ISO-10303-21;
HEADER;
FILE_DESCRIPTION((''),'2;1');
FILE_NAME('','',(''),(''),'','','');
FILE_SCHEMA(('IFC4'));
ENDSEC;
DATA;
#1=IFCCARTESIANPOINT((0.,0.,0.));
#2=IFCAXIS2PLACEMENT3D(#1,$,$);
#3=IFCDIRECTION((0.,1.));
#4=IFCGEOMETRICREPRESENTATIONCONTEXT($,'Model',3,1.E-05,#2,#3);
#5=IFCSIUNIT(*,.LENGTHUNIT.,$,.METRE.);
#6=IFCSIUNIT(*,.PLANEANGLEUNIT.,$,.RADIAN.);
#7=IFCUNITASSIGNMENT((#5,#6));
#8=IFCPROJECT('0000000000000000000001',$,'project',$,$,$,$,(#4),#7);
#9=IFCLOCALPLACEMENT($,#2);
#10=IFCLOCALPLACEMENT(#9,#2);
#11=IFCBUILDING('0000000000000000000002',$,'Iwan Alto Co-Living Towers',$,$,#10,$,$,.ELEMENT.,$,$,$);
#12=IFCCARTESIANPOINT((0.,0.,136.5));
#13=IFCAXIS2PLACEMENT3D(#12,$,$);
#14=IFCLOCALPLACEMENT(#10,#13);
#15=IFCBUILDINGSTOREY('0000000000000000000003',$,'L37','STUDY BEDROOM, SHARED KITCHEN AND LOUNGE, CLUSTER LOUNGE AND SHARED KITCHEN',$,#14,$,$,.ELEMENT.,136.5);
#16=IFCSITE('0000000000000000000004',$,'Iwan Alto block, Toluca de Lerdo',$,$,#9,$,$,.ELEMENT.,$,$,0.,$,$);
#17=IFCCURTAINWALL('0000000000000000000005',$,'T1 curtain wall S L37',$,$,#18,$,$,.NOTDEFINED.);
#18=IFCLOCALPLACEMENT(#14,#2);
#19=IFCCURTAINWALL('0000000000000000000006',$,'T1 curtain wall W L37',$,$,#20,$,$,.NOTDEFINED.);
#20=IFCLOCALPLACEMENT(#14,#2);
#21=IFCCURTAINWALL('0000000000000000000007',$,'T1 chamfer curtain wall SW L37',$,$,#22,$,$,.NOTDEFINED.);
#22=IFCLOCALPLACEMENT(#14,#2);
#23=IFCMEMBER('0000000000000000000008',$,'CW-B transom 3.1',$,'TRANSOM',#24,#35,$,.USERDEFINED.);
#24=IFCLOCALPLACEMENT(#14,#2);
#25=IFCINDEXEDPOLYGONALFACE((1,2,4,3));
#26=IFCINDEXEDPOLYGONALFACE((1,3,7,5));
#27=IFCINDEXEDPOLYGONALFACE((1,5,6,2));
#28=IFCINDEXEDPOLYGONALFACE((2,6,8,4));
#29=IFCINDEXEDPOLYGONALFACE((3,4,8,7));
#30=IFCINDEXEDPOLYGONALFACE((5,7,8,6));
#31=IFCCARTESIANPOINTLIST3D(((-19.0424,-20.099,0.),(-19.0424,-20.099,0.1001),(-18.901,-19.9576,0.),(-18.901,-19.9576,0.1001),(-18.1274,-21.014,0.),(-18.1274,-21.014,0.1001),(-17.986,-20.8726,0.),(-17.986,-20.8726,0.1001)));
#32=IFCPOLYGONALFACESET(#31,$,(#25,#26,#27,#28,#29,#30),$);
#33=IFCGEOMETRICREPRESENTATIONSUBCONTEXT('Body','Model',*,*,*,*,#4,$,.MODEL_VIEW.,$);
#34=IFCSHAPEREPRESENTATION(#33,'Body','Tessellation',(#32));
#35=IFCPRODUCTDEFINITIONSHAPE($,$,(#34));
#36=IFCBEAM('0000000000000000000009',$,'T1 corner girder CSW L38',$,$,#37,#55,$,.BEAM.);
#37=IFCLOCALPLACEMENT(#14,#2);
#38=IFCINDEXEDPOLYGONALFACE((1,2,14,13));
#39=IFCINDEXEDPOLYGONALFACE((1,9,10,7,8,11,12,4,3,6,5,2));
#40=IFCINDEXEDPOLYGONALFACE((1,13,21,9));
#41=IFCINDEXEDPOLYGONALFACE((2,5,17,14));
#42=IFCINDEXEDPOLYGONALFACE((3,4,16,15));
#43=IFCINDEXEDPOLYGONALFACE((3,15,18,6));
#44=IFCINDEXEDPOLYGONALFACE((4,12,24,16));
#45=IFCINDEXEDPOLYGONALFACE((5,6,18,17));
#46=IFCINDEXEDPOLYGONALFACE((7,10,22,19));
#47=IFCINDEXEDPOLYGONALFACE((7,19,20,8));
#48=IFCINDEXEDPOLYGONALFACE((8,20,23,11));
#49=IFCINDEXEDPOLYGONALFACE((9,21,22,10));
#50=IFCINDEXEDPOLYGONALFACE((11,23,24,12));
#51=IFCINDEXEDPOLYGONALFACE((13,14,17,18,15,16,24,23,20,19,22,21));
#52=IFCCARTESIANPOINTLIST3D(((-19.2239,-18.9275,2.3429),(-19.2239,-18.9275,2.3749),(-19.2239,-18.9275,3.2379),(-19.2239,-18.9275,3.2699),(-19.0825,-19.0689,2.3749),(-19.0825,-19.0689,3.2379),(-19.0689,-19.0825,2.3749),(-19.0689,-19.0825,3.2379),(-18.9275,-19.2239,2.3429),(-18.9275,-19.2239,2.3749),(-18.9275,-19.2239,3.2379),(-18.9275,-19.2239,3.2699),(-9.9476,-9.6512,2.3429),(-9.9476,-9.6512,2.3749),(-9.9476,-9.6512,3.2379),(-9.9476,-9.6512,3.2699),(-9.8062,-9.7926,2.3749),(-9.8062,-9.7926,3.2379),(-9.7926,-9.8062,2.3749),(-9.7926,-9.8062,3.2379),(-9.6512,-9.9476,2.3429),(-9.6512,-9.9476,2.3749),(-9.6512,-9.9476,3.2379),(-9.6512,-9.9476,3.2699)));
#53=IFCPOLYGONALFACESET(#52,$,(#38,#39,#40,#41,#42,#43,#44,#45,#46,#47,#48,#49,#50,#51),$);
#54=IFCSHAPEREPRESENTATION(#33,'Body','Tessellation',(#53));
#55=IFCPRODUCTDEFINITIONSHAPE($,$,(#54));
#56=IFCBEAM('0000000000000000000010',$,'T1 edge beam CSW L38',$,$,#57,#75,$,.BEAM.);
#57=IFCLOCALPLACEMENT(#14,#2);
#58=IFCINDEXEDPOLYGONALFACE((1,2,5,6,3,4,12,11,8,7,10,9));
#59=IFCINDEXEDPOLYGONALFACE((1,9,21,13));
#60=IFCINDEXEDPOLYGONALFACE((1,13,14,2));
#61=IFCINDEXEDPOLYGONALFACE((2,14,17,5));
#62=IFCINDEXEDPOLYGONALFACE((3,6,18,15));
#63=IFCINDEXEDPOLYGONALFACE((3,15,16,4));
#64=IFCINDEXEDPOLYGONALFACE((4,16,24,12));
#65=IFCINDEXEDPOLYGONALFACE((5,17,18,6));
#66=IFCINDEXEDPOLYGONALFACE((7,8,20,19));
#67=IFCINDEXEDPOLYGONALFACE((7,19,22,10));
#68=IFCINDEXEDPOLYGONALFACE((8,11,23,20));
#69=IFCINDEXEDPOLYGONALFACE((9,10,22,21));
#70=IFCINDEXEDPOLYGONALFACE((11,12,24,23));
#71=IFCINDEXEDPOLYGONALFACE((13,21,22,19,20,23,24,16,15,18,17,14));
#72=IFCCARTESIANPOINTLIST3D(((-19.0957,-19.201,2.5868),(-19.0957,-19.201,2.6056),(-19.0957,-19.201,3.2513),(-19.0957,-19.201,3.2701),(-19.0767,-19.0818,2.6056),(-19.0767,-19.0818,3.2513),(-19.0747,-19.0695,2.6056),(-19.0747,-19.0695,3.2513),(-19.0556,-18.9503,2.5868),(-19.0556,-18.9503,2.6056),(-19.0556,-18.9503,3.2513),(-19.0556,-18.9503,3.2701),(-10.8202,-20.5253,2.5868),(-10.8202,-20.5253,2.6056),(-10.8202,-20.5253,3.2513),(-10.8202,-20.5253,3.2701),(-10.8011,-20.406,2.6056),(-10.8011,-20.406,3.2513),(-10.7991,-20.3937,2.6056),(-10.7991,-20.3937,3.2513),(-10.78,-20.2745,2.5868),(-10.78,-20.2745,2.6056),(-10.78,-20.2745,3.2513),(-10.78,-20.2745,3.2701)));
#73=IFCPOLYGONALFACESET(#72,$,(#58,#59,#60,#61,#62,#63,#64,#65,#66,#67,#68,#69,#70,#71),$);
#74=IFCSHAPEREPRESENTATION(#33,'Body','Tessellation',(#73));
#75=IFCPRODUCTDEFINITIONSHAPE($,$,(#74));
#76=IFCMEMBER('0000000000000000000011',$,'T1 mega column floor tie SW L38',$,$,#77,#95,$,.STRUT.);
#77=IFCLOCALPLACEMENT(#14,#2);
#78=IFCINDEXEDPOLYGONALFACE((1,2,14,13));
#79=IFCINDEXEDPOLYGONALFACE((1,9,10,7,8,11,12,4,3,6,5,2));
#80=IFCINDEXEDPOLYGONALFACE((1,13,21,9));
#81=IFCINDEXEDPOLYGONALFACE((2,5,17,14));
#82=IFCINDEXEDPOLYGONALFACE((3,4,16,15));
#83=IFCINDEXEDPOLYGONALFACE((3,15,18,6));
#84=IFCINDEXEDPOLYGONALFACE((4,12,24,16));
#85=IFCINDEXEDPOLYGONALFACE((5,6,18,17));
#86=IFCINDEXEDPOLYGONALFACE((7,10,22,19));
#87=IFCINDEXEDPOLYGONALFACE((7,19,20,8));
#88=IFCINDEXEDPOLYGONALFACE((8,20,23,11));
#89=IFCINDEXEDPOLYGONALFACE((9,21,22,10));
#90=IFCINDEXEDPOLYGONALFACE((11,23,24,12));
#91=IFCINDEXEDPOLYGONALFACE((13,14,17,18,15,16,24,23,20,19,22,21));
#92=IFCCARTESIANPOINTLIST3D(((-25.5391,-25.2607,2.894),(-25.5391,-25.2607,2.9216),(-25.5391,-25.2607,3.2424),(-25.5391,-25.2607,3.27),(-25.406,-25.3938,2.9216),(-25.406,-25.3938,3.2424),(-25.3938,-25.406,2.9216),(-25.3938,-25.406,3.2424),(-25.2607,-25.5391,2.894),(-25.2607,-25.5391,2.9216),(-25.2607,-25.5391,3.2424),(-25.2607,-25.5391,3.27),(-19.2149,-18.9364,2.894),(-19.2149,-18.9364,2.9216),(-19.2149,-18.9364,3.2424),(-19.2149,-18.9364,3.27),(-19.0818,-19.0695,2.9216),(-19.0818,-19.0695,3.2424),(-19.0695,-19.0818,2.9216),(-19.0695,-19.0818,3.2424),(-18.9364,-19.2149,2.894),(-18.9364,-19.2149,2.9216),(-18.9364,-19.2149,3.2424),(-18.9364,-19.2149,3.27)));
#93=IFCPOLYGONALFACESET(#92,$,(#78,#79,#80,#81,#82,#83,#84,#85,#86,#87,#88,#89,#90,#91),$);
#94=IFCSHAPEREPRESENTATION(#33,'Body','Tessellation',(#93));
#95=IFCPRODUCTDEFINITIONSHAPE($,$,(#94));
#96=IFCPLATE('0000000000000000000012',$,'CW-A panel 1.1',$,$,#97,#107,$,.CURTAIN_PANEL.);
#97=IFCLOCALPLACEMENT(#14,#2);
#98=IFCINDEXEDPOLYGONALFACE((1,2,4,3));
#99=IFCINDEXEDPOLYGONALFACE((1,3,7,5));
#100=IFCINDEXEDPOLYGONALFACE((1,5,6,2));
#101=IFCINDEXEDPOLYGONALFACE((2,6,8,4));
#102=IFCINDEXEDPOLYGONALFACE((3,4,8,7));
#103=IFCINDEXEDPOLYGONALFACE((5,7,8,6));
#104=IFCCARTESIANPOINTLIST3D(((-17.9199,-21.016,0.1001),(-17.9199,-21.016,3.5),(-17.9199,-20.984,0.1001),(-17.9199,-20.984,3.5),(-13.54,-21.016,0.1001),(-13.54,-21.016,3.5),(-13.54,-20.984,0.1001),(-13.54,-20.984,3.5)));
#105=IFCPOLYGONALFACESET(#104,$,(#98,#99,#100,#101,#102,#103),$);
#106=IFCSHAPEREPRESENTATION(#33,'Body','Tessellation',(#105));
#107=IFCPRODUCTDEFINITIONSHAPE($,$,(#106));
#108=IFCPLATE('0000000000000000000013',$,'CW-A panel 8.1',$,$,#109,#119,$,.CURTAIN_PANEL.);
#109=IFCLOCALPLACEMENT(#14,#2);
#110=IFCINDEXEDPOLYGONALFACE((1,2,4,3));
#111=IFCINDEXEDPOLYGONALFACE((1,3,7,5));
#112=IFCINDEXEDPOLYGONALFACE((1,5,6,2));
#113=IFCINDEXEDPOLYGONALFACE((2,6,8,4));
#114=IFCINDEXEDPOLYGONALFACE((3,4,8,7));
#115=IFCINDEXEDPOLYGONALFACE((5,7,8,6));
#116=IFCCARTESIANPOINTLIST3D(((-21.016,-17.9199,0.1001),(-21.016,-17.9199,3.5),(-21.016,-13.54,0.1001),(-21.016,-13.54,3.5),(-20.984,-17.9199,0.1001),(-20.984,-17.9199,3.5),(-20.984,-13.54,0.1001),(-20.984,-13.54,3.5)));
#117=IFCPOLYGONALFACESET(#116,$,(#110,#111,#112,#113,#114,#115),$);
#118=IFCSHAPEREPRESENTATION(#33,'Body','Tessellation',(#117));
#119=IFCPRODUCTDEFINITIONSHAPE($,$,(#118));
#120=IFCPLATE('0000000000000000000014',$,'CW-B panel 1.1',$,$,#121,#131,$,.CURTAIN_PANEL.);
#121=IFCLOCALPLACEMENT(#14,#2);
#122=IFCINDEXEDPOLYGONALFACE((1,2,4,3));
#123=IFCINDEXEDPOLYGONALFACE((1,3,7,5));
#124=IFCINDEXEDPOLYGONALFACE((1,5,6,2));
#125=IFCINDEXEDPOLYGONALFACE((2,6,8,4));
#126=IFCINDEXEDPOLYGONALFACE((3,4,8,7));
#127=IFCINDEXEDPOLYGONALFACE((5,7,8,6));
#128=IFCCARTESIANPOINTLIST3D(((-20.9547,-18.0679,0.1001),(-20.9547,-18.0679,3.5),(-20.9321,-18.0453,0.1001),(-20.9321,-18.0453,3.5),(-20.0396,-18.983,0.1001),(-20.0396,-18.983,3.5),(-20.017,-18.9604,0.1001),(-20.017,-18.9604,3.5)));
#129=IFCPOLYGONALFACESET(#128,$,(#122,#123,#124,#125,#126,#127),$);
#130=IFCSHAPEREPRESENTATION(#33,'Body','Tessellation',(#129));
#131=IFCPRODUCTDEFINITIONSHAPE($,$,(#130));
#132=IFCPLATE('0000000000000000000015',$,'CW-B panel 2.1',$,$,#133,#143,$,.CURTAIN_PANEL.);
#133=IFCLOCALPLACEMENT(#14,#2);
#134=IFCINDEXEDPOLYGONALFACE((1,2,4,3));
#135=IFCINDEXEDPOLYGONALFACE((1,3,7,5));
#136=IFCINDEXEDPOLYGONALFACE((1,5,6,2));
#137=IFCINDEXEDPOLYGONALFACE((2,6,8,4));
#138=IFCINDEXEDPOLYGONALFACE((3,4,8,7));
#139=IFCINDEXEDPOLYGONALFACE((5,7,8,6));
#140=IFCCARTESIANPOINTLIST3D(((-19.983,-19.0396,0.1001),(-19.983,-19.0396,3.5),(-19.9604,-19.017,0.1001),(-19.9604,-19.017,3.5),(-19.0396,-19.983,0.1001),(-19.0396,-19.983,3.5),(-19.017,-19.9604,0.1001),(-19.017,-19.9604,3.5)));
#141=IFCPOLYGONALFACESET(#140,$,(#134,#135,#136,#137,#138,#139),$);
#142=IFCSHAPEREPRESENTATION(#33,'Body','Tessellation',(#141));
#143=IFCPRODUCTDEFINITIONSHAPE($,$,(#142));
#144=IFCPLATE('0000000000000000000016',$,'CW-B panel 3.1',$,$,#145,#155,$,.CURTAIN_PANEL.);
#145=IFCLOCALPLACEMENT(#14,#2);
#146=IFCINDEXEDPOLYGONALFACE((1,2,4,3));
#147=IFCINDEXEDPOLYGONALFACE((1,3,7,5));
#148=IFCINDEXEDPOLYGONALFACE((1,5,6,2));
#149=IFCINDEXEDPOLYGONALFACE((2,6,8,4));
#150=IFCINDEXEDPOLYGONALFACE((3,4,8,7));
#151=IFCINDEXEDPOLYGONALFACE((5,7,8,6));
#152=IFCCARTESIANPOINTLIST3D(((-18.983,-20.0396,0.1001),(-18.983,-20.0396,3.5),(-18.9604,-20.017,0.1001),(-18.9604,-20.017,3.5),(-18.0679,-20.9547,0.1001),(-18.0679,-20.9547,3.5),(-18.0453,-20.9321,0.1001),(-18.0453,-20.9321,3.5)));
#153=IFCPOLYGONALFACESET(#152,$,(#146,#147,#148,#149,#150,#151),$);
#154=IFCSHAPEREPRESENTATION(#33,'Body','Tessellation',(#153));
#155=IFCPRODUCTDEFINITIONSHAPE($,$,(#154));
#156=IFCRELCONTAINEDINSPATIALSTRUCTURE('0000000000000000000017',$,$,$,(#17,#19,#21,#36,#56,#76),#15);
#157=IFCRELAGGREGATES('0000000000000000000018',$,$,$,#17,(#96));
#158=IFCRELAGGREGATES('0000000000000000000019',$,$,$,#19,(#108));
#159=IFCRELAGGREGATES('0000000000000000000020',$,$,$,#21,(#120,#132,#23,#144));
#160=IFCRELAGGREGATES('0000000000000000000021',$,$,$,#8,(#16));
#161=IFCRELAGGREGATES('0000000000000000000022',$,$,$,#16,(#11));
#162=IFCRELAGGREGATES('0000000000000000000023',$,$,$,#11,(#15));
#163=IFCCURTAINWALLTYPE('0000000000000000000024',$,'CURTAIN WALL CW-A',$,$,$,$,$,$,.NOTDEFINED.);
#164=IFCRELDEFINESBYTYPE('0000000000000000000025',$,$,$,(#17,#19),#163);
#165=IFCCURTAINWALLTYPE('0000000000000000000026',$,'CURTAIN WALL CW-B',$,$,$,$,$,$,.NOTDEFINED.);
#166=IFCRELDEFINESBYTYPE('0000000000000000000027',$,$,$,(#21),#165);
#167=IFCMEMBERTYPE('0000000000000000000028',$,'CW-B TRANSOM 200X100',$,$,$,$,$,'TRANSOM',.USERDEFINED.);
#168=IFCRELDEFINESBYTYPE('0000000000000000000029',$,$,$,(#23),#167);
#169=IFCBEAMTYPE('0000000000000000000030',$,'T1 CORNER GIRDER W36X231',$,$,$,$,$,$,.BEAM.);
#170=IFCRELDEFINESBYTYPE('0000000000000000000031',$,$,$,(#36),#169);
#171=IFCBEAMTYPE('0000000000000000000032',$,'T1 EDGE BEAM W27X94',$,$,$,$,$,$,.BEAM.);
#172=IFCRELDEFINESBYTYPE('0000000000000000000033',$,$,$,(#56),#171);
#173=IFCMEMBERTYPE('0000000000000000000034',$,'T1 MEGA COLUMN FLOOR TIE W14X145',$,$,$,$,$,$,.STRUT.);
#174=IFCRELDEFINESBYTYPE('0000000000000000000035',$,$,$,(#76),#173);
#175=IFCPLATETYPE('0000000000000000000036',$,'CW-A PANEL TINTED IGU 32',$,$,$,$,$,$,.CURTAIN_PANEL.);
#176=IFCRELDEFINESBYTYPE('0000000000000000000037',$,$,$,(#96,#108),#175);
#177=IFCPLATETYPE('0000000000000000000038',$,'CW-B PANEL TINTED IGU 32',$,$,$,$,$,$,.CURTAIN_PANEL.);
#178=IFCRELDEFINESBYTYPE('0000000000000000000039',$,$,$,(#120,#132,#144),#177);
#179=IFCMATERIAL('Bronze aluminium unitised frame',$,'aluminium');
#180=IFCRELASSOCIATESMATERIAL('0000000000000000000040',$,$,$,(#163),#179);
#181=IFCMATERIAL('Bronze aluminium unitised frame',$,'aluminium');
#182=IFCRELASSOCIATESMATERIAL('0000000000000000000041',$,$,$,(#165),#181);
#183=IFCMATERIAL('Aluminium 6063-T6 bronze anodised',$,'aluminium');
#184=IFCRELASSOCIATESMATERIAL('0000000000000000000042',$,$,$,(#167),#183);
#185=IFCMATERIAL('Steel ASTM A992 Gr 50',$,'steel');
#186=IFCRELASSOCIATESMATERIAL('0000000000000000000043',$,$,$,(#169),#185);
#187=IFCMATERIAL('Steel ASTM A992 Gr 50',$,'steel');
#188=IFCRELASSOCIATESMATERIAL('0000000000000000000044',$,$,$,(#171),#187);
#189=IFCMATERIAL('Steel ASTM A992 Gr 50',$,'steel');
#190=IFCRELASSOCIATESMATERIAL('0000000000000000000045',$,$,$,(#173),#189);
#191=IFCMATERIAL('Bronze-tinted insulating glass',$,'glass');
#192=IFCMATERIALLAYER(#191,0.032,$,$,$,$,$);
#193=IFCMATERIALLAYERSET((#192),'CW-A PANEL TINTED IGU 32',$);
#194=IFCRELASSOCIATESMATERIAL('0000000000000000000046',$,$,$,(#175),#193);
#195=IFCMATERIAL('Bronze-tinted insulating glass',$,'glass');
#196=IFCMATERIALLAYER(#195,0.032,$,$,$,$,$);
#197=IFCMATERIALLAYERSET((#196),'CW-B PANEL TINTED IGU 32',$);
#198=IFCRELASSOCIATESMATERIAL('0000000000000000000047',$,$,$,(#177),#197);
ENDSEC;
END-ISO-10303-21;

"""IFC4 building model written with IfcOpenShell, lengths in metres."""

from ifc_helpers import new_model, si_unit, direction, frame, origin, origin_2d, place, context, subcontext, project, spatial, rectangle, i_section, extrude, material, layer, layer_set, material_profile, profile_set, type_object, element, aggregate, save


model = new_model("IFC4")

# Units and contexts
model_context = context("Model", 3, precision=1e-05, world=origin(), true_north=direction((0.0, 1.0)))
body_context = subcontext(model_context, "Body", "Model", "MODEL_VIEW")
ifc_project = project(units=[si_unit("LENGTHUNIT", "METRE"), si_unit("PLANEANGLEUNIT", "RADIAN")], contexts=[model_context])

# Site, building, storey
site_placement = place(None, origin())
site = spatial("IfcSite", under=ifc_project, at=site_placement, Name="Iwan Alto block, Toluca de Lerdo", CompositionType="ELEMENT", RefElevation=0.0)
building_placement = place(site_placement, origin())
building = spatial("IfcBuilding", under=site, at=building_placement, Name="Iwan Alto Co-Living Towers", CompositionType="ELEMENT")
storey_placement = place(building_placement, frame((0.0, 0.0, 136.5)))
storey = spatial("IfcBuildingStorey", under=building, at=storey_placement, Name="L37", Description="STUDY BEDROOM, SHARED KITCHEN AND LOUNGE, CLUSTER LOUNGE AND SHARED KITCHEN", CompositionType="ELEMENT", Elevation=136.5)

# Curtain walls
ifc_material_1 = material(Name="Bronze aluminium unitised frame", Category="aluminium")
curtain_wall_type_1 = type_object("IfcCurtainWallType", Name="CURTAIN WALL CW-A", PredefinedType="NOTDEFINED", material=ifc_material_1)
curtain_wall_1_placement = place(storey_placement, origin())
curtain_wall_1 = element("IfcCurtainWall", 1, at=curtain_wall_1_placement, inside=storey, type_object=curtain_wall_type_1, Name="T1 curtain wall S L37", PredefinedType="NOTDEFINED")
curtain_wall_2_placement = place(storey_placement, origin())
curtain_wall_2 = element("IfcCurtainWall", 2, at=curtain_wall_2_placement, inside=storey, type_object=curtain_wall_type_1, Name="T1 curtain wall W L37", PredefinedType="NOTDEFINED")

# Curtain wall, member
ifc_material_2 = material(Name="Bronze aluminium unitised frame", Category="aluminium")
curtain_wall_type_2 = type_object("IfcCurtainWallType", Name="CURTAIN WALL CW-B", PredefinedType="NOTDEFINED", material=ifc_material_2)
curtain_wall_3_placement = place(storey_placement, origin())
curtain_wall_3 = element("IfcCurtainWall", 3, at=curtain_wall_3_placement, inside=storey, type_object=curtain_wall_type_2, Name="T1 chamfer curtain wall SW L37", PredefinedType="NOTDEFINED")
ifc_material_3 = material(Name="Aluminium 6063-T6 bronze anodised", Category="aluminium")
ifc_material_profile_1 = material_profile(ifc_material_3, rectangle(XDim=0.2, YDim=0.1001, at=origin_2d()), Name="AL 200X100")
ifc_profile_set_1 = profile_set([ifc_material_profile_1], Name="Aluminium 6063-T6 bronze anodised")
member_type_1 = type_object("IfcMemberType", Name="CW-B TRANSOM 200X100", ElementType="TRANSOM", PredefinedType="USERDEFINED", material=ifc_profile_set_1)
member_1_placement = place(storey_placement, frame((-18.9717, -20.0283, 0.05), z_axis=(0.707107, -0.707107, 0.0), x_axis=(0.707107, 0.707107, 0.0)))
member_1 = element("IfcMember", 4, at=member_1_placement, type_object=member_type_1, Name="CW-B transom 3.1", ObjectType="TRANSOM", PredefinedType="USERDEFINED", context=body_context, shape_type="SweptSolid", body=[
    extrude(rectangle(XDim=0.2, YDim=0.1001, at=origin_2d()), origin(), (0.0, 0.0, 1.0), 1.2939),
])

# Beams
ifc_material_4 = material(Name="Steel ASTM A992 Gr 50", Category="steel")
ifc_material_profile_2 = material_profile(ifc_material_4, i_section(OverallWidth=0.4192, OverallDepth=0.927, WebThickness=0.0193, FlangeThickness=0.032, at=origin_2d()), Name="W36X231")
ifc_profile_set_2 = profile_set([ifc_material_profile_2], Name="Steel ASTM A992 Gr 50")
beam_type_1 = type_object("IfcBeamType", Name="T1 CORNER GIRDER W36X231", PredefinedType="BEAM", material=ifc_profile_set_2)
beam_1_placement = place(storey_placement, frame((-19.0757, -19.0757, 2.8064), z_axis=(0.707107, 0.707107, 0.0), x_axis=(-0.707107, 0.707107, 0.0)))
element("IfcBeam", 5, at=beam_1_placement, inside=storey, type_object=beam_type_1, Name="T1 corner girder CSW L38", PredefinedType="BEAM", context=body_context, shape_type="SweptSolid", body=[
    extrude(i_section(OverallWidth=0.4192, OverallDepth=0.927, WebThickness=0.0193, FlangeThickness=0.032, at=origin_2d()), origin(), (0.0, 0.0, 1.0), 13.1187),
])
ifc_material_5 = material(Name="Steel ASTM A992 Gr 50", Category="steel")
ifc_material_profile_3 = material_profile(ifc_material_5, i_section(OverallWidth=0.2539, OverallDepth=0.6833, WebThickness=0.0125, FlangeThickness=0.0188, at=origin_2d()), Name="W27X94")
ifc_profile_set_3 = profile_set([ifc_material_profile_3], Name="Steel ASTM A992 Gr 50")
beam_type_2 = type_object("IfcBeamType", Name="T1 EDGE BEAM W27X94", PredefinedType="BEAM", material=ifc_profile_set_3)
beam_2_placement = place(storey_placement, frame((-19.0757, -19.0757, 2.9285), z_axis=(0.987438, -0.158004, 0.0), x_axis=(0.158004, 0.987438, 0.0)))
element("IfcBeam", 6, at=beam_2_placement, inside=storey, type_object=beam_type_2, Name="T1 edge beam CSW L38", PredefinedType="BEAM", context=body_context, shape_type="SweptSolid", body=[
    extrude(i_section(OverallWidth=0.2539, OverallDepth=0.6833, WebThickness=0.0125, FlangeThickness=0.0188, at=origin_2d()), origin(), (0.0, 0.0, 1.0), 8.3809),
])

# Member
ifc_material_6 = material(Name="Steel ASTM A992 Gr 50", Category="steel")
ifc_material_profile_4 = material_profile(ifc_material_6, i_section(OverallWidth=0.3938, OverallDepth=0.376, WebThickness=0.0173, FlangeThickness=0.0276, at=origin_2d()), Name="W14X145")
ifc_profile_set_4 = profile_set([ifc_material_profile_4], Name="Steel ASTM A992 Gr 50")
member_type_2 = type_object("IfcMemberType", Name="T1 MEGA COLUMN FLOOR TIE W14X145", PredefinedType="STRUT", material=ifc_profile_set_4)
member_2_placement = place(storey_placement, frame((-25.3999, -25.3999, 3.082), z_axis=(0.707107, 0.707107, 0.0), x_axis=(-0.707107, 0.707107, 0.0)))
element("IfcMember", 7, at=member_2_placement, inside=storey, type_object=member_type_2, Name="T1 mega column floor tie SW L38", PredefinedType="STRUT", context=body_context, shape_type="SweptSolid", body=[
    extrude(i_section(OverallWidth=0.3938, OverallDepth=0.376, WebThickness=0.0173, FlangeThickness=0.0276, at=origin_2d()), origin(), (0.0, 0.0, 1.0), 8.9438),
])

# Plates
ifc_material_7 = material(Name="Bronze-tinted insulating glass", Category="glass")
ifc_layer_1 = layer(ifc_material_7, 0.032)
ifc_layer_set_1 = layer_set([ifc_layer_1], Name="CW-A PANEL TINTED IGU 32")
plate_type_1 = type_object("IfcPlateType", Name="CW-A PANEL TINTED IGU 32", PredefinedType="CURTAIN_PANEL", material=ifc_layer_set_1)
plate_1_placement = place(storey_placement, frame((-15.73, -21.0, 0.1001), z_axis=(0.0, 0.0, 1.0), x_axis=(1.0, 0.0, 0.0)))
plate_1 = element("IfcPlate", 8, at=plate_1_placement, type_object=plate_type_1, Name="CW-A panel 1.1", PredefinedType="CURTAIN_PANEL", context=body_context, shape_type="SweptSolid", body=[
    extrude(rectangle(XDim=4.3799, YDim=0.032, at=origin_2d()), origin(), (0.0, 0.0, 1.0), 3.3999),
])
aggregate(curtain_wall_1, [plate_1])
plate_2_placement = place(storey_placement, frame((-21.0, -15.73, 0.1001), z_axis=(0.0, 0.0, 1.0), x_axis=(0.0, -1.0, 0.0)))
plate_2 = element("IfcPlate", 9, at=plate_2_placement, type_object=plate_type_1, Name="CW-A panel 8.1", PredefinedType="CURTAIN_PANEL", context=body_context, shape_type="SweptSolid", body=[
    extrude(rectangle(XDim=4.3799, YDim=0.032, at=origin_2d()), origin(), (0.0, 0.0, 1.0), 3.3999),
])
aggregate(curtain_wall_2, [plate_2])
ifc_material_8 = material(Name="Bronze-tinted insulating glass", Category="glass")
ifc_layer_2 = layer(ifc_material_8, 0.032)
ifc_layer_set_2 = layer_set([ifc_layer_2], Name="CW-B PANEL TINTED IGU 32")
plate_type_2 = type_object("IfcPlateType", Name="CW-B PANEL TINTED IGU 32", PredefinedType="CURTAIN_PANEL", material=ifc_layer_set_2)
plate_3_placement = place(storey_placement, frame((-20.4858, -18.5142, 0.1001), z_axis=(0.0, 0.0, 1.0), x_axis=(0.707107, -0.707107, 0.0)))
plate_3 = element("IfcPlate", 10, at=plate_3_placement, type_object=plate_type_2, Name="CW-B panel 1.1", PredefinedType="CURTAIN_PANEL", context=body_context, shape_type="SweptSolid", body=[
    extrude(rectangle(XDim=1.2942, YDim=0.032, at=origin_2d()), origin(), (0.0, 0.0, 1.0), 3.3999),
])
plate_4_placement = place(storey_placement, frame((-19.5, -19.5, 0.1001), z_axis=(0.0, 0.0, 1.0), x_axis=(0.707107, -0.707107, 0.0)))
plate_4 = element("IfcPlate", 11, at=plate_4_placement, type_object=plate_type_2, Name="CW-B panel 2.1", PredefinedType="CURTAIN_PANEL", context=body_context, shape_type="SweptSolid", body=[
    extrude(rectangle(XDim=1.3342, YDim=0.032, at=origin_2d()), origin(), (0.0, 0.0, 1.0), 3.3999),
])
plate_5_placement = place(storey_placement, frame((-18.5142, -20.4858, 0.1001), z_axis=(0.0, 0.0, 1.0), x_axis=(0.707107, -0.707107, 0.0)))
plate_5 = element("IfcPlate", 12, at=plate_5_placement, type_object=plate_type_2, Name="CW-B panel 3.1", PredefinedType="CURTAIN_PANEL", context=body_context, shape_type="SweptSolid", body=[
    extrude(rectangle(XDim=1.2942, YDim=0.032, at=origin_2d()), origin(), (0.0, 0.0, 1.0), 3.3999),
])
aggregate(curtain_wall_3, [plate_3, plate_4, member_1, plate_5])

save(model, "model.ifc")
